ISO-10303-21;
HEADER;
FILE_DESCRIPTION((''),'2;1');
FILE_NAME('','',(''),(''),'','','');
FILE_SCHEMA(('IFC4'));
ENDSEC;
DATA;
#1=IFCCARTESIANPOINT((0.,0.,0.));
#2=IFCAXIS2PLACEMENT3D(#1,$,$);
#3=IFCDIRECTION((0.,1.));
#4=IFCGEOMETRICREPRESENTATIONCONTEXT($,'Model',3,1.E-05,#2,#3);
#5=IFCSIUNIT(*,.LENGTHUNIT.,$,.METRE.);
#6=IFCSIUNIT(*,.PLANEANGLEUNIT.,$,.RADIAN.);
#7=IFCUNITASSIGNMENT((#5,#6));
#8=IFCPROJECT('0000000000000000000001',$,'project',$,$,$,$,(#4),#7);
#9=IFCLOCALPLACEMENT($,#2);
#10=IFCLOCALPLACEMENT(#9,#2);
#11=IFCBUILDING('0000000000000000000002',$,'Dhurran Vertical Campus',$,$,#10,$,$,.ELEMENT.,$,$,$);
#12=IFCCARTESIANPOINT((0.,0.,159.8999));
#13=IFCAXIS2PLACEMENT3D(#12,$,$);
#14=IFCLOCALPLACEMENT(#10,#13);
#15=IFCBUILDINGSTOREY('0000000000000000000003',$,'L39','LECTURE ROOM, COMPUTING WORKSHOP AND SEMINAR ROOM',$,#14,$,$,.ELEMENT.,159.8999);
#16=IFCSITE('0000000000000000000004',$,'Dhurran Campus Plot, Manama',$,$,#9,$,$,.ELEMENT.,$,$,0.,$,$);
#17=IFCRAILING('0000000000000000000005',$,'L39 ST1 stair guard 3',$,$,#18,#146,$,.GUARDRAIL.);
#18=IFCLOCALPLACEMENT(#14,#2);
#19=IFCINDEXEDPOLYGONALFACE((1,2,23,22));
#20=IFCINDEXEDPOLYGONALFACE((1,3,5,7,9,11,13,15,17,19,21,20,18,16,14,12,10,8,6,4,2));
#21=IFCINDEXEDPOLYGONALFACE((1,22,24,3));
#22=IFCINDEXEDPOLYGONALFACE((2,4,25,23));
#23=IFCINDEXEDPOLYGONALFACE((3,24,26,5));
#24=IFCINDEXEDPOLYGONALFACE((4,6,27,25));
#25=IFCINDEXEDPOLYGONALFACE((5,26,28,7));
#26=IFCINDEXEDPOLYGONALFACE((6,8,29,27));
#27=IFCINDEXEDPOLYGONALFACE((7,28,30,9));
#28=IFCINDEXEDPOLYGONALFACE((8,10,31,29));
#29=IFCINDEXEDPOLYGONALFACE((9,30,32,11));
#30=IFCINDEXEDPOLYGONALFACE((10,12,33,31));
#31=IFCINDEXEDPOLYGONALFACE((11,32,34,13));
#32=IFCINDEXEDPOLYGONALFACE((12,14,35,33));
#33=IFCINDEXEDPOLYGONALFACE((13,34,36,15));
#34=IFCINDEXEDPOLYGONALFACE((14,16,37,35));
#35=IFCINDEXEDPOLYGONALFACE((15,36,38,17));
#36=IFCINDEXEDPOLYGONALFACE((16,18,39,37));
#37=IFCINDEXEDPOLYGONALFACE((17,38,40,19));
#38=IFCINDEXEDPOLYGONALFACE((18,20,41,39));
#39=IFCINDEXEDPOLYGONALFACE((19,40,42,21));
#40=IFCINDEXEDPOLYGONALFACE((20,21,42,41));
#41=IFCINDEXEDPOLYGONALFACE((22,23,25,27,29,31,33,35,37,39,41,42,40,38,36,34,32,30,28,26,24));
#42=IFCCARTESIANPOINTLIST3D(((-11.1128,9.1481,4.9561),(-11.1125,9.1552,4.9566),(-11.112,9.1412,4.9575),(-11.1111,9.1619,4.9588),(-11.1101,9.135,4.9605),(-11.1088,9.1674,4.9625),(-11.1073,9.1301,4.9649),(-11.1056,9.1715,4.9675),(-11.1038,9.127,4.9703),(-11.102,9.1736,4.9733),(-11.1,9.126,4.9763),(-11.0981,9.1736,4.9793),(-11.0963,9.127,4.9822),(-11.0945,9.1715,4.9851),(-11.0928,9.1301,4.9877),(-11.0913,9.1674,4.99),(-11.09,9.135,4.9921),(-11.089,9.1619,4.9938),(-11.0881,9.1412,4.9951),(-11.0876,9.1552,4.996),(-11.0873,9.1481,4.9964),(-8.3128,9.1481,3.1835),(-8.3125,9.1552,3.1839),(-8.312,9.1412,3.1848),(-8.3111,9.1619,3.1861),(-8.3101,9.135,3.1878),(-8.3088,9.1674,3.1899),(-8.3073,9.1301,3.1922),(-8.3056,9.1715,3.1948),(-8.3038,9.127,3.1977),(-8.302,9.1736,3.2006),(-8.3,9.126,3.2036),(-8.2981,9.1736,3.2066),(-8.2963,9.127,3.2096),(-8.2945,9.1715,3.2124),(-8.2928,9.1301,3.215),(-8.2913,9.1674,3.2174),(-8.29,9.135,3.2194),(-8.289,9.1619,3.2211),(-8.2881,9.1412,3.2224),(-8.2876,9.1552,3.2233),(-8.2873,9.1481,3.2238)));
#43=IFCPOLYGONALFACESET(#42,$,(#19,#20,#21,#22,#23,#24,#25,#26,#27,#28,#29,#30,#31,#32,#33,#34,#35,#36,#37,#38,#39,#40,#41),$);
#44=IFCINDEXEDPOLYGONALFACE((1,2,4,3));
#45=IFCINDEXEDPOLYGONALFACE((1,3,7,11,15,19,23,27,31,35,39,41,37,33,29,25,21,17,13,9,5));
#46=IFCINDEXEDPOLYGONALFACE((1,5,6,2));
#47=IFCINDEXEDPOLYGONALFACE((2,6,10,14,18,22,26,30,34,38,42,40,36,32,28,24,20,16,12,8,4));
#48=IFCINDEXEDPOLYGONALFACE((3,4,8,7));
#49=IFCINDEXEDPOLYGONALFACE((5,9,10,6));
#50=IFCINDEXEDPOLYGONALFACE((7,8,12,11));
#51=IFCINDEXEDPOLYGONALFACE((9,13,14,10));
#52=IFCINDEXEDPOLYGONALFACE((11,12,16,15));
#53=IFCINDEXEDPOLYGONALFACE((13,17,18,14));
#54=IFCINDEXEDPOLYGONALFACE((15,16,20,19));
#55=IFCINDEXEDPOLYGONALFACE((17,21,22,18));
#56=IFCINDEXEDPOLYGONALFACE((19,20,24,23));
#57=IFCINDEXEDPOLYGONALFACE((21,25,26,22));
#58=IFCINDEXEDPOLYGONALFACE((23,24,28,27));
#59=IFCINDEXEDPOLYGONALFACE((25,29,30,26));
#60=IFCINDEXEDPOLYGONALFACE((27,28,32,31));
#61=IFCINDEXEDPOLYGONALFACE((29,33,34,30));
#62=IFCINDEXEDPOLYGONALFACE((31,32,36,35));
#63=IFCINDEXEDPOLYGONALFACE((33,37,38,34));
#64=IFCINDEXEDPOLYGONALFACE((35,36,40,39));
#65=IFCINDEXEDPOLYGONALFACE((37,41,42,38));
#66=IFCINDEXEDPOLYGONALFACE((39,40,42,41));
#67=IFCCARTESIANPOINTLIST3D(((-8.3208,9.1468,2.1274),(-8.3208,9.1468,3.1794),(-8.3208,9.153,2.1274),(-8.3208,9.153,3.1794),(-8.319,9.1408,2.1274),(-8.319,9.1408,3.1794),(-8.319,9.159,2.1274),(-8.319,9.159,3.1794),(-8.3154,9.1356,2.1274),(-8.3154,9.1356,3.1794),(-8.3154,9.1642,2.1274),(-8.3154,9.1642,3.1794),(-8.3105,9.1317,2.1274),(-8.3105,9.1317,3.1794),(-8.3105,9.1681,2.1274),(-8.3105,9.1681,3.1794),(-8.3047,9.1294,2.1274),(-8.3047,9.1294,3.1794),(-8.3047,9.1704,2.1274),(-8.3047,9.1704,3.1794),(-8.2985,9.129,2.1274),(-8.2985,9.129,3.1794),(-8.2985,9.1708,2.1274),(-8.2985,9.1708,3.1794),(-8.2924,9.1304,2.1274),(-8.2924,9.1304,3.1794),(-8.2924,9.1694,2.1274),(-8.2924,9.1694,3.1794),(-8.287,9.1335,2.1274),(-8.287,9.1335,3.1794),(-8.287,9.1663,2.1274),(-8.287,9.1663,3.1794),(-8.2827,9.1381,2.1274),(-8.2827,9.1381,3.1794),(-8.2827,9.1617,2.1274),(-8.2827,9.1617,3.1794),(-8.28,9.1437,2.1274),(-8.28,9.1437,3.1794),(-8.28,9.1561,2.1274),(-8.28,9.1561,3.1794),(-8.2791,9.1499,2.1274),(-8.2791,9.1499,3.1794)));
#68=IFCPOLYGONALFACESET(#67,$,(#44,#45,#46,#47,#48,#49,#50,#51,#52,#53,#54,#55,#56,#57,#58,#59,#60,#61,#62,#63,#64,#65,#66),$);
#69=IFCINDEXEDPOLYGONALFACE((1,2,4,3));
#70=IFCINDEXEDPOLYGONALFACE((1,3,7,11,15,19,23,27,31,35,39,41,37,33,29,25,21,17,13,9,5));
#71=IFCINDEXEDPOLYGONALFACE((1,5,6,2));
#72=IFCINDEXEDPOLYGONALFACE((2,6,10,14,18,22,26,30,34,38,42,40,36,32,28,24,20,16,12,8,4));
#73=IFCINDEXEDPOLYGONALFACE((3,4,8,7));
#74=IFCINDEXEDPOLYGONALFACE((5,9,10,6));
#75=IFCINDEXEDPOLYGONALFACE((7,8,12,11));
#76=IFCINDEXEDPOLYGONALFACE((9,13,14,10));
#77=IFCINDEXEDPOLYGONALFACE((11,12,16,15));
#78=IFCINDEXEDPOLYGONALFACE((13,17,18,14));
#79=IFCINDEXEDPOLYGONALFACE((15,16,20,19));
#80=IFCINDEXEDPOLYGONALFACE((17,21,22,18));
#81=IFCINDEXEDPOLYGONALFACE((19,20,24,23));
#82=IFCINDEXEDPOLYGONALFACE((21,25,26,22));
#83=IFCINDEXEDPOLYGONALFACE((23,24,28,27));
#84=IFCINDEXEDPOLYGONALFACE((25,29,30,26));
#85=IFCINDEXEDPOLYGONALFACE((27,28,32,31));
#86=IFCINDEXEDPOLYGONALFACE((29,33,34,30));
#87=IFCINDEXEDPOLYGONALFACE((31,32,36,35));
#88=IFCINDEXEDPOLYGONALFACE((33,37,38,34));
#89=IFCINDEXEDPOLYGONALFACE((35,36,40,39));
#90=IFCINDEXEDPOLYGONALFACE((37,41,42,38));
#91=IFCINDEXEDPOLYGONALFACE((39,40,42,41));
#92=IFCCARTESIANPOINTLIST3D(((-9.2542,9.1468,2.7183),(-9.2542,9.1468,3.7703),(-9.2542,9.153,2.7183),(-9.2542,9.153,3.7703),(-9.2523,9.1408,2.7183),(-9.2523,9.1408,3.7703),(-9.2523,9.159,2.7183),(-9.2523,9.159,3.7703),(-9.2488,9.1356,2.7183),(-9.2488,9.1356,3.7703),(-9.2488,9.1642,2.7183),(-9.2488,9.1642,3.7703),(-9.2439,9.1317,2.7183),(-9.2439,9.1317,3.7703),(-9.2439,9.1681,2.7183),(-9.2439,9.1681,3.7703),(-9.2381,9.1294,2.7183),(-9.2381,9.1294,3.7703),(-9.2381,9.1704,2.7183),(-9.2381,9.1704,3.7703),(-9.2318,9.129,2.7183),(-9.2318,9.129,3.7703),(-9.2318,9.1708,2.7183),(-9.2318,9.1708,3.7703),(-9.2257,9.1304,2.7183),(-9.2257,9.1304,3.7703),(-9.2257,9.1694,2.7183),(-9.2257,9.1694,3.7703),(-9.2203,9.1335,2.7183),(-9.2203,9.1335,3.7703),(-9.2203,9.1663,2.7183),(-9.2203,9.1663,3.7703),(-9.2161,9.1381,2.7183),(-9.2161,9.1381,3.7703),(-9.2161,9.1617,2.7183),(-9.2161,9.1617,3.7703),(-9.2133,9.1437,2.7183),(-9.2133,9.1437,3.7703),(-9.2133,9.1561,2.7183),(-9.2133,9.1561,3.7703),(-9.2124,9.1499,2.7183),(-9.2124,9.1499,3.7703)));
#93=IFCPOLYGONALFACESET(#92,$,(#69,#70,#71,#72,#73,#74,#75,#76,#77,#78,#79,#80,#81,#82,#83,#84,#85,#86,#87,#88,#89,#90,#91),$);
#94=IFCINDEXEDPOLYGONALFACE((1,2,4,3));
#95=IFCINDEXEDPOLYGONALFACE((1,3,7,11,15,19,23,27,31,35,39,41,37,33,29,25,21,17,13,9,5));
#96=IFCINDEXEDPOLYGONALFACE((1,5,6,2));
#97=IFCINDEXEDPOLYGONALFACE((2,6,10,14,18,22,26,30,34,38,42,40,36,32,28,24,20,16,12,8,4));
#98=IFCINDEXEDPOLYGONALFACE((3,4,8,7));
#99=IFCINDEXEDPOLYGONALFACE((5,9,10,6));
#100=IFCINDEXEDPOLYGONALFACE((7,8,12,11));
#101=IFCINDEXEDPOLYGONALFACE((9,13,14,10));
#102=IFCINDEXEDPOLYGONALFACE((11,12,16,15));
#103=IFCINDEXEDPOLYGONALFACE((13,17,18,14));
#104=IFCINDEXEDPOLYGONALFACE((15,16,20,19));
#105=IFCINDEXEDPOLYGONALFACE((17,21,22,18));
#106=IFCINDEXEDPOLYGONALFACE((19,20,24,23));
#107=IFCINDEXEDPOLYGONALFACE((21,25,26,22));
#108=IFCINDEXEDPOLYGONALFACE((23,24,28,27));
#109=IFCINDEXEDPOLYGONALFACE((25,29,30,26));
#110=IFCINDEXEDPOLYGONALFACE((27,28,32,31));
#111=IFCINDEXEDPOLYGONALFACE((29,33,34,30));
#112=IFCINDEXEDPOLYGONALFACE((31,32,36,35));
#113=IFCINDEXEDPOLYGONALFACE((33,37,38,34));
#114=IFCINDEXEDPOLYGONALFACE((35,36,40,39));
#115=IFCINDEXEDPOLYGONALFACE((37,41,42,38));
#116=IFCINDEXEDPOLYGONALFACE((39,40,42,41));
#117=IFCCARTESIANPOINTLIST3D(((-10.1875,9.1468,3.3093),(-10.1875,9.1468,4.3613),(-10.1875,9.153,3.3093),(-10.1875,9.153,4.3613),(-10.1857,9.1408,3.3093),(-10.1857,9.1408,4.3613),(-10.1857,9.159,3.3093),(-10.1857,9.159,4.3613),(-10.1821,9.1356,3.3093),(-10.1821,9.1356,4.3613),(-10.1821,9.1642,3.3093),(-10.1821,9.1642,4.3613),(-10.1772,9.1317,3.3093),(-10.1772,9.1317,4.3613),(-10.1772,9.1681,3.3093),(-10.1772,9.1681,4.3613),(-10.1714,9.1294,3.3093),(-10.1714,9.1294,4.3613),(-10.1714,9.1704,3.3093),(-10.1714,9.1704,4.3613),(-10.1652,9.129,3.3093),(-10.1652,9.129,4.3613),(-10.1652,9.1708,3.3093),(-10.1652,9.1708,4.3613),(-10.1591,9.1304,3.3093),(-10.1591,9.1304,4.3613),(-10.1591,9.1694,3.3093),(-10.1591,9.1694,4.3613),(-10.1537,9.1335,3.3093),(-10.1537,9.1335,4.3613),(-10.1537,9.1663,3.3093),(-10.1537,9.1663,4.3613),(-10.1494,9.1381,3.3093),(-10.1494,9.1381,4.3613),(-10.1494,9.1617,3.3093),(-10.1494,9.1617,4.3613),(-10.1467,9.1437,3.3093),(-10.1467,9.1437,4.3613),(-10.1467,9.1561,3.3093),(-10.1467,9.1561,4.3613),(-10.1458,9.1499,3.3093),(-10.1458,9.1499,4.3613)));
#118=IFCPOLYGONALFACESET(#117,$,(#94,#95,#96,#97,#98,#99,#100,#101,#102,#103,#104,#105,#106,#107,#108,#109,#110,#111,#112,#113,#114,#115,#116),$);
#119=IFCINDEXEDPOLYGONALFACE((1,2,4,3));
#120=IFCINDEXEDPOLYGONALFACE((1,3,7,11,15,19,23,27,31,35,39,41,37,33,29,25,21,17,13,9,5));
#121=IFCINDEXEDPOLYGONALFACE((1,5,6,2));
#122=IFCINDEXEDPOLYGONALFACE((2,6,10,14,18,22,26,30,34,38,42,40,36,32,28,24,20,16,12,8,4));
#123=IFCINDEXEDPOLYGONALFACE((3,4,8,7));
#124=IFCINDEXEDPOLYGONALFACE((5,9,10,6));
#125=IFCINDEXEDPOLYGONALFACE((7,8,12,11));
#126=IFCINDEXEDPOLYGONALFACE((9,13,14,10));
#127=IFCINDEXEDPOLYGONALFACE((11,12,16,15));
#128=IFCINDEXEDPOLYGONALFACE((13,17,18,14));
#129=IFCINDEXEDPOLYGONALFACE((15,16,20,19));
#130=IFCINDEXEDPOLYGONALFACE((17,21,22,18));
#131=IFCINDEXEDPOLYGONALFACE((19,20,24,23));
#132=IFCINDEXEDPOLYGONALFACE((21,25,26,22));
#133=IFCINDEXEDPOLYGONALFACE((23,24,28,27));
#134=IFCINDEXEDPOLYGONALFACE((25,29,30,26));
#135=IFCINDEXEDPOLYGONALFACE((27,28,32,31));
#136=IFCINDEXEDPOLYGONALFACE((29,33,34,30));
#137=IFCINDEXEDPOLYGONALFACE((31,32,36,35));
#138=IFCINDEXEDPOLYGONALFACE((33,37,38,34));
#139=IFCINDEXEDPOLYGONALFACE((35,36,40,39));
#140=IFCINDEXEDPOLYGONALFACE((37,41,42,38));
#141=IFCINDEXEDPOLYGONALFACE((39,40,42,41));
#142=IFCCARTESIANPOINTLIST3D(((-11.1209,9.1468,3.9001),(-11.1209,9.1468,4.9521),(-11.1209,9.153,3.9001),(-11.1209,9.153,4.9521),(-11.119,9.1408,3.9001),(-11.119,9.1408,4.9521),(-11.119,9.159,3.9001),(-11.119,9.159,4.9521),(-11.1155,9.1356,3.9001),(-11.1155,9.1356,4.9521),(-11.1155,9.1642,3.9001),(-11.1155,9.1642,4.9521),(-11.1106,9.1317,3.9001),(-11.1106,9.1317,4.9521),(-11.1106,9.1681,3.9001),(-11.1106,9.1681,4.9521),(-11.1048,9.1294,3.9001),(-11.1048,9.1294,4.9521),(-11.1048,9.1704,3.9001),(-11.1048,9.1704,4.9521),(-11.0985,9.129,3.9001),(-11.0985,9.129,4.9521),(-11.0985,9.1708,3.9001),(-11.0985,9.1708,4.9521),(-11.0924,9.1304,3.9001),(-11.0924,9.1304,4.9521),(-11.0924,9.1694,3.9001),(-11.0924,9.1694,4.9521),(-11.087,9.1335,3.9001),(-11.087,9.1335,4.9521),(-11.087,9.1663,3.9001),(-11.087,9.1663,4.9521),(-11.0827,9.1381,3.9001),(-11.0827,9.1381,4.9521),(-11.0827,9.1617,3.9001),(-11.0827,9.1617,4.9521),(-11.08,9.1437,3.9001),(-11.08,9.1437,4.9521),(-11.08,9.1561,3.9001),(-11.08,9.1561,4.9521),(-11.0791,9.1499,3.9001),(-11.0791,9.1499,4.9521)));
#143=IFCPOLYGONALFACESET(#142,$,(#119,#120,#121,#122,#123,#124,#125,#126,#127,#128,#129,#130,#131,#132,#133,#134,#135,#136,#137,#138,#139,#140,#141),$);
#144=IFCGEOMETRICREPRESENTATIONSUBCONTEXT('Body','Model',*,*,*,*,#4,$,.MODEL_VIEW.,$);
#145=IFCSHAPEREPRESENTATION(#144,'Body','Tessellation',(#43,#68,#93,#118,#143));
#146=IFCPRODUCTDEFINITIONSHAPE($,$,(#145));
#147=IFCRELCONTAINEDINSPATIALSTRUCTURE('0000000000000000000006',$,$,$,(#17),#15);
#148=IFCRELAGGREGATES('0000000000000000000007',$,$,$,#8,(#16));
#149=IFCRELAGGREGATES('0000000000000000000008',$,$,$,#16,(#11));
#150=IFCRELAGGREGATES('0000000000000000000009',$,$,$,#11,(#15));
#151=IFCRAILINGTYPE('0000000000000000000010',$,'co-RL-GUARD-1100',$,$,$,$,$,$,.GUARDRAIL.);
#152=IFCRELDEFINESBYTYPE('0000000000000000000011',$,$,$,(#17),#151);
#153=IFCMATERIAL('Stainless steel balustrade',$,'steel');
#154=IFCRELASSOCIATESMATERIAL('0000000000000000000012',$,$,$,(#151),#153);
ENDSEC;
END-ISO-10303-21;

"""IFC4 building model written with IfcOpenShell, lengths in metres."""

from ifc_helpers import new_model, si_unit, direction, frame, origin, origin_2d, place, context, subcontext, project, spatial, circle, extrude, material, type_object, element, save


model = new_model("IFC4")

# Units and contexts
model_context = context("Model", 3, precision=1e-05, world=origin(), true_north=direction((0.0, 1.0)))
body_context = subcontext(model_context, "Body", "Model", "MODEL_VIEW")
ifc_project = project(units=[si_unit("LENGTHUNIT", "METRE"), si_unit("PLANEANGLEUNIT", "RADIAN")], contexts=[model_context])

# Site, building, storey
site_placement = place(None, origin())
site = spatial("IfcSite", under=ifc_project, at=site_placement, Name="Dhurran Campus Plot, Manama", CompositionType="ELEMENT", RefElevation=0.0)
building_placement = place(site_placement, origin())
building = spatial("IfcBuilding", under=site, at=building_placement, Name="Dhurran Vertical Campus", CompositionType="ELEMENT")
storey_placement = place(building_placement, frame((0.0, 0.0, 159.8999)))
storey = spatial("IfcBuildingStorey", under=building, at=storey_placement, Name="L39", Description="LECTURE ROOM, COMPUTING WORKSHOP AND SEMINAR ROOM", CompositionType="ELEMENT", Elevation=159.8999)

# Railing
ifc_material_1 = material(Name="Stainless steel balustrade", Category="steel")
railing_type_1 = type_object("IfcRailingType", Name="co-RL-GUARD-1100", PredefinedType="GUARDRAIL", material=ifc_material_1)
railing_1_placement = place(storey_placement, frame((-8.3, 9.1499, 2.1274)))
element("IfcRailing", 1, at=railing_1_placement, inside=storey, type_object=railing_type_1, Name="L39 ST1 stair guard 3", PredefinedType="GUARDRAIL", context=body_context, shape_type="SweptSolid", body=[
    extrude(circle(Radius=0.0239, at=origin_2d()), frame((0.0, 0.0, 1.0762), z_axis=(-0.844909, 0.0, 0.53491), x_axis=(0.0, -1.0, 0.0)), (0.0, 0.0, 1.0), 3.314),
    extrude(circle(Radius=0.021, at=origin_2d()), origin(), (0.0, 0.0, 1.0), 1.052),
    extrude(circle(Radius=0.021, at=origin_2d()), frame((-0.9333, 0.0, 0.5908)), (0.0, 0.0, 1.0), 1.052),
    extrude(circle(Radius=0.021, at=origin_2d()), frame((-1.8667, 0.0, 1.1819)), (0.0, 0.0, 1.0), 1.052),
    extrude(circle(Radius=0.021, at=origin_2d()), frame((-2.8, 0.0, 1.7727)), (0.0, 0.0, 1.0), 1.052),
])

save(model, "model.ifc")
